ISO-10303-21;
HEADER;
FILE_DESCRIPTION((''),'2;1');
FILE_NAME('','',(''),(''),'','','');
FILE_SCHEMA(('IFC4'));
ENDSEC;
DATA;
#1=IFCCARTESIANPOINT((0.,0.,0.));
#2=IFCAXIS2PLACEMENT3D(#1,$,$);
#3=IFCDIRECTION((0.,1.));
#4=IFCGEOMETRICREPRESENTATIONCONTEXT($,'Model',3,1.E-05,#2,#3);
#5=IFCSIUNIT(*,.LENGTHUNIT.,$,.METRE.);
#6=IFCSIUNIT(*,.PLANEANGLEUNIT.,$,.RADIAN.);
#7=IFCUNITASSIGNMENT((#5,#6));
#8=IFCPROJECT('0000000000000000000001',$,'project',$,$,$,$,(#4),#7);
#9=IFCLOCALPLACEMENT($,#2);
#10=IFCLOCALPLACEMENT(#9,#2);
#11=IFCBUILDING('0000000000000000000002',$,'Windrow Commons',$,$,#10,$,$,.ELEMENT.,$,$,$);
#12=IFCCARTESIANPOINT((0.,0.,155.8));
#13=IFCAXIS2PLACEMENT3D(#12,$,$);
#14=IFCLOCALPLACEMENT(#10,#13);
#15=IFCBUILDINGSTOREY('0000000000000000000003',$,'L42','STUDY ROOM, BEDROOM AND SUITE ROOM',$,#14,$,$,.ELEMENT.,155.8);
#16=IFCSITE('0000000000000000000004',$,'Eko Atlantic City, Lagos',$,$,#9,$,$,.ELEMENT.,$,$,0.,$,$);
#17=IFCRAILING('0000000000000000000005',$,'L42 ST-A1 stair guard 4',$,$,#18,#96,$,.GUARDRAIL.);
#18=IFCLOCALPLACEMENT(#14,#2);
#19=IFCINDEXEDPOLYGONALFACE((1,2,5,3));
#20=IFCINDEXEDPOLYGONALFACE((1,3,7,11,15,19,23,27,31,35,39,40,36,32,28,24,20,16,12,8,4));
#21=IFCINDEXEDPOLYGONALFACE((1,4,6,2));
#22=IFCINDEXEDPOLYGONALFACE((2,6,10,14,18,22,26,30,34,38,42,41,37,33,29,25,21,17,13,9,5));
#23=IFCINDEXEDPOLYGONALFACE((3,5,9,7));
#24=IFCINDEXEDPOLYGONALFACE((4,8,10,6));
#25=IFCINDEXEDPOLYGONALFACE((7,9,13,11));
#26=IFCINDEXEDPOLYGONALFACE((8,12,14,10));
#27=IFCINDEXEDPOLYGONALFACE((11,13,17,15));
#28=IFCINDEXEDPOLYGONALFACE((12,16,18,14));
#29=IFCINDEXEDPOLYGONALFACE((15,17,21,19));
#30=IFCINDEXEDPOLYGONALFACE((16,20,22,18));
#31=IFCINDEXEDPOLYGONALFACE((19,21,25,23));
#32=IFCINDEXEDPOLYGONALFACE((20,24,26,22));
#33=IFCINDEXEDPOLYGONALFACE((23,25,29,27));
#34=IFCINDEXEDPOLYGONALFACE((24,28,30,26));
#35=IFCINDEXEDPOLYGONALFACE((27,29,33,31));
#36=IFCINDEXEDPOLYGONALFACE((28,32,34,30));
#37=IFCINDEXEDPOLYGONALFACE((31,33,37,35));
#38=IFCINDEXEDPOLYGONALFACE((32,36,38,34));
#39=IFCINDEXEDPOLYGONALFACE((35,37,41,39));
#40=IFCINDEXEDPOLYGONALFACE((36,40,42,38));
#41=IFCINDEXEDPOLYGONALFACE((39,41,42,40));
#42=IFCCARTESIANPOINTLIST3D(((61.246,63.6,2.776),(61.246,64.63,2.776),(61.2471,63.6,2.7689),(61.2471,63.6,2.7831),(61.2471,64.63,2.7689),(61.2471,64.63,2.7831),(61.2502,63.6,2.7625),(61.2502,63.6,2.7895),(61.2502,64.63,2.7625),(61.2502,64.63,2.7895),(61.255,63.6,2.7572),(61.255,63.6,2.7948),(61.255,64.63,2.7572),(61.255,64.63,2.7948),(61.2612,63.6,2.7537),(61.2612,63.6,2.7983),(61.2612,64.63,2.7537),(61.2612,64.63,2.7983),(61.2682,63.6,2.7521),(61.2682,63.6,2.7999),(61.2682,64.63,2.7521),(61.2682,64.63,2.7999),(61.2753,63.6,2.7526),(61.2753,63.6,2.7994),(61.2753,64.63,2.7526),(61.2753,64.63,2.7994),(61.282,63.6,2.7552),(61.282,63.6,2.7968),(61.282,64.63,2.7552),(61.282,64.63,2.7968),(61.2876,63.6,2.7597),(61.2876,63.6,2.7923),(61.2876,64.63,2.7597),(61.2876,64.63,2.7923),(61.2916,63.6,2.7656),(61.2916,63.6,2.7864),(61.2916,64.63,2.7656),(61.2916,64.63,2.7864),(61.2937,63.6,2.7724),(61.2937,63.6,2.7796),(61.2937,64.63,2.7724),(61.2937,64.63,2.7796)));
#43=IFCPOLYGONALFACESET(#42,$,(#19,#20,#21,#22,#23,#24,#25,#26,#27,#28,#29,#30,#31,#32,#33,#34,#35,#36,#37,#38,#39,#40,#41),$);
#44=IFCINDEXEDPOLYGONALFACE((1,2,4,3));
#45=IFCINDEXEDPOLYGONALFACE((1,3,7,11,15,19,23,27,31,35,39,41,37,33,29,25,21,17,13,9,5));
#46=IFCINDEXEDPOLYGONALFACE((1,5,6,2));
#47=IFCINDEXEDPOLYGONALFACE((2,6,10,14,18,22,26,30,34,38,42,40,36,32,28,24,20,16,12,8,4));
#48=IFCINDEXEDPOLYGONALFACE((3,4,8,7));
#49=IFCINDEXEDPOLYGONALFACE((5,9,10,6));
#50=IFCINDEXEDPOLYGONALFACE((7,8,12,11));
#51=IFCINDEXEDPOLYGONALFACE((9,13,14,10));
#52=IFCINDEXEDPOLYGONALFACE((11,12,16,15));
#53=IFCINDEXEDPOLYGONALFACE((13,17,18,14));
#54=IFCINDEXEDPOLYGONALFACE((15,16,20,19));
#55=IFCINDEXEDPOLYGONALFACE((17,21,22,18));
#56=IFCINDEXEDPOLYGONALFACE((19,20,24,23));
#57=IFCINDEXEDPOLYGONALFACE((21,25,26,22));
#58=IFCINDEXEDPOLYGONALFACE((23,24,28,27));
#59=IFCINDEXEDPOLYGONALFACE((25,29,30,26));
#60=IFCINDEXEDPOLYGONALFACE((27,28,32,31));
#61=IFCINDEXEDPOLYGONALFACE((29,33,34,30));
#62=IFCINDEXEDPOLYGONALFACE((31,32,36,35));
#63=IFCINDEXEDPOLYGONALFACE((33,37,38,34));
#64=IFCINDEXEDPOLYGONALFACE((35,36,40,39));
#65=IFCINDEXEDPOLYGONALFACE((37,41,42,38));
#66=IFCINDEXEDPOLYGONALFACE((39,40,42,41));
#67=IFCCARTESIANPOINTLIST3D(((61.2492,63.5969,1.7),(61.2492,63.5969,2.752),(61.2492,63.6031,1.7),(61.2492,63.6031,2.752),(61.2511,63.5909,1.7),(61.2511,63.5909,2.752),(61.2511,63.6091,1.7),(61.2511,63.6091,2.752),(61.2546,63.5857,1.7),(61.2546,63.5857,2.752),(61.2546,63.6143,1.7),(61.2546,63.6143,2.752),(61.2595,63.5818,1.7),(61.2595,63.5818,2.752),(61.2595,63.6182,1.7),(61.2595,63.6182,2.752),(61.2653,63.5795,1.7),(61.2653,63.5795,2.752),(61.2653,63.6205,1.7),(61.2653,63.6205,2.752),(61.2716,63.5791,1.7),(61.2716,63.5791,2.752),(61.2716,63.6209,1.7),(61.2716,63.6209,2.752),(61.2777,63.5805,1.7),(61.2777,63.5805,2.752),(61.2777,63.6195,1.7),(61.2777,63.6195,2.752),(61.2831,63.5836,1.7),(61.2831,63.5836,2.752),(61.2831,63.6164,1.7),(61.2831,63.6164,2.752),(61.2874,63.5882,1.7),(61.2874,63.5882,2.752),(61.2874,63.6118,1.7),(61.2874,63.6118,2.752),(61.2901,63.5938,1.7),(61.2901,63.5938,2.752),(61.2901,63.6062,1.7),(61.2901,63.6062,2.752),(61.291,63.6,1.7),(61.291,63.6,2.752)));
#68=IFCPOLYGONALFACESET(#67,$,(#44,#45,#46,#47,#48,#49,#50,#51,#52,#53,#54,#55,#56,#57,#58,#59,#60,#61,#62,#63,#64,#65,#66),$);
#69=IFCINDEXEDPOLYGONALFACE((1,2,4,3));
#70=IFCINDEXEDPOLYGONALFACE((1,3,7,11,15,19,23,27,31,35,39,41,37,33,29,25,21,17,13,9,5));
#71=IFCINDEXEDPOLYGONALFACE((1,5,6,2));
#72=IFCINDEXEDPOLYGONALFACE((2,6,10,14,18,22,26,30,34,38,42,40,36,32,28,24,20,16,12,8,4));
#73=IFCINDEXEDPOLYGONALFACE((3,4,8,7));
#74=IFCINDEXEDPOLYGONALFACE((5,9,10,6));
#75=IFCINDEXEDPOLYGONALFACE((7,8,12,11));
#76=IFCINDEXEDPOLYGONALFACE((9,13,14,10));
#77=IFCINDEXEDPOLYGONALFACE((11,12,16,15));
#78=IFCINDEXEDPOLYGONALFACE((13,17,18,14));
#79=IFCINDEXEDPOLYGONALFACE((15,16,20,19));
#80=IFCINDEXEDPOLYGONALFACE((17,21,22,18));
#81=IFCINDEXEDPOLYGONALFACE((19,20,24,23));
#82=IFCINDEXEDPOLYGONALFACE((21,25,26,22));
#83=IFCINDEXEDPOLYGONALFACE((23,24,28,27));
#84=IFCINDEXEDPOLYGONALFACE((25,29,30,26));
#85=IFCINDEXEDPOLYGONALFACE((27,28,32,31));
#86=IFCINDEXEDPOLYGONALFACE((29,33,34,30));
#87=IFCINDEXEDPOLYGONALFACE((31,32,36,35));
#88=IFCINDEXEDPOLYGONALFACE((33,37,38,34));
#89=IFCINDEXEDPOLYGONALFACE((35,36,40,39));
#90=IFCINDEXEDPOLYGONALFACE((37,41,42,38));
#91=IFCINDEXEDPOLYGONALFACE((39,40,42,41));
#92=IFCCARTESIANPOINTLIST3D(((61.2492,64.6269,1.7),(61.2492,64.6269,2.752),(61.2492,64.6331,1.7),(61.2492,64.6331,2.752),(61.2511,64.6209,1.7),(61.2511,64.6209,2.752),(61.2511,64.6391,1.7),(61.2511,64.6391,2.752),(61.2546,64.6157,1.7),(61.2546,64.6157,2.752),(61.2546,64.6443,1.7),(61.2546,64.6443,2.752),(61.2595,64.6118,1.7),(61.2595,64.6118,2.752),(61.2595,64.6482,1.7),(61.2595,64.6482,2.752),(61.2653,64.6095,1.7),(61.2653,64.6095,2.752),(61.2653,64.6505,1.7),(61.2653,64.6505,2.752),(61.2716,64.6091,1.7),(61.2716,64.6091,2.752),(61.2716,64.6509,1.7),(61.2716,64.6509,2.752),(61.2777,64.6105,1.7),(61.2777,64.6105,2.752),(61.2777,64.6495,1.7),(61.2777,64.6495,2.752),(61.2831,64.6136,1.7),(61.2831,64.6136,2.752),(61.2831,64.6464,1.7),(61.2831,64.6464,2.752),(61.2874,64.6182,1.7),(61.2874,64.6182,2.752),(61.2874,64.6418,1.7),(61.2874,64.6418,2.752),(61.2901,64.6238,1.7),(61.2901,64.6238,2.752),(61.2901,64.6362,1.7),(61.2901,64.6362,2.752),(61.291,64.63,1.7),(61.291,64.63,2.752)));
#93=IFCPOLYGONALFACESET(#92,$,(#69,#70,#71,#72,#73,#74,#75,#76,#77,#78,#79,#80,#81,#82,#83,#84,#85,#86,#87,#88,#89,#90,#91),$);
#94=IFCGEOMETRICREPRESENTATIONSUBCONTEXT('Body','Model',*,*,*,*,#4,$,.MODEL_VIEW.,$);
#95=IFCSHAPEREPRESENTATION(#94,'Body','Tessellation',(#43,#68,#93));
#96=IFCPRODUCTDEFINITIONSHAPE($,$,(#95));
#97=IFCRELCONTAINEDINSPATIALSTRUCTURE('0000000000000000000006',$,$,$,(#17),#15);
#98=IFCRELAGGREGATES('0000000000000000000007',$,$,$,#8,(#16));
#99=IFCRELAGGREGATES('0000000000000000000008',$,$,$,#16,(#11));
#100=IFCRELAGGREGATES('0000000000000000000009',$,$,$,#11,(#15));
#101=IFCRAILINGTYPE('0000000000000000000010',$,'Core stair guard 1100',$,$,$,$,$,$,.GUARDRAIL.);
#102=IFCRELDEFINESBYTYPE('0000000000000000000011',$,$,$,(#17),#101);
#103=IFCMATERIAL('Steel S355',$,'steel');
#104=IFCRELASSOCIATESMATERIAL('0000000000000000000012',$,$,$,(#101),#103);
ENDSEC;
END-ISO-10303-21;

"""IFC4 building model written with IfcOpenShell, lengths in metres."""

from ifc_helpers import new_model, si_unit, direction, frame, origin, origin_2d, place, context, subcontext, project, spatial, circle, extrude, material, type_object, element, save


model = new_model("IFC4")

# Units and contexts
model_context = context("Model", 3, precision=1e-05, world=origin(), true_north=direction((0.0, 1.0)))
body_context = subcontext(model_context, "Body", "Model", "MODEL_VIEW")
ifc_project = project(units=[si_unit("LENGTHUNIT", "METRE"), si_unit("PLANEANGLEUNIT", "RADIAN")], contexts=[model_context])

# Site, building, storey
site_placement = place(None, origin())
site = spatial("IfcSite", under=ifc_project, at=site_placement, Name="Eko Atlantic City, Lagos", CompositionType="ELEMENT", RefElevation=0.0)
building_placement = place(site_placement, origin())
building = spatial("IfcBuilding", under=site, at=building_placement, Name="Windrow Commons", CompositionType="ELEMENT")
storey_placement = place(building_placement, frame((0.0, 0.0, 155.8)))
storey = spatial("IfcBuildingStorey", under=building, at=storey_placement, Name="L42", Description="STUDY ROOM, BEDROOM AND SUITE ROOM", CompositionType="ELEMENT", Elevation=155.8)

# Railing
ifc_material_1 = material(Name="Steel S355", Category="steel")
railing_type = type_object("IfcRailingType", Name="Core stair guard 1100", PredefinedType="GUARDRAIL", material=ifc_material_1)
for number, where, name in (
    (1, (61.27, 63.6, 1.7), "L42 ST-A1 stair guard 4"),
):
    element("IfcRailing", number, at=place(storey_placement, frame(where)), inside=storey, type_object=railing_type, Name=name, PredefinedType="GUARDRAIL", context=body_context, shape_type="SweptSolid", body=[
        extrude(circle(Radius=0.024, at=origin_2d()), frame((0.0, 0.0, 1.076), z_axis=(0.0, 1.0, 0.0), x_axis=(-1.0, 0.0, 0.0)), (0.0, 0.0, 1.0), 1.03),
        extrude(circle(Radius=0.021, at=origin_2d()), origin(), (0.0, 0.0, 1.0), 1.052),
        extrude(circle(Radius=0.021, at=origin_2d()), frame((0.0, 1.03, 0.0)), (0.0, 0.0, 1.0), 1.052),
    ])

save(model, "model.ifc")
